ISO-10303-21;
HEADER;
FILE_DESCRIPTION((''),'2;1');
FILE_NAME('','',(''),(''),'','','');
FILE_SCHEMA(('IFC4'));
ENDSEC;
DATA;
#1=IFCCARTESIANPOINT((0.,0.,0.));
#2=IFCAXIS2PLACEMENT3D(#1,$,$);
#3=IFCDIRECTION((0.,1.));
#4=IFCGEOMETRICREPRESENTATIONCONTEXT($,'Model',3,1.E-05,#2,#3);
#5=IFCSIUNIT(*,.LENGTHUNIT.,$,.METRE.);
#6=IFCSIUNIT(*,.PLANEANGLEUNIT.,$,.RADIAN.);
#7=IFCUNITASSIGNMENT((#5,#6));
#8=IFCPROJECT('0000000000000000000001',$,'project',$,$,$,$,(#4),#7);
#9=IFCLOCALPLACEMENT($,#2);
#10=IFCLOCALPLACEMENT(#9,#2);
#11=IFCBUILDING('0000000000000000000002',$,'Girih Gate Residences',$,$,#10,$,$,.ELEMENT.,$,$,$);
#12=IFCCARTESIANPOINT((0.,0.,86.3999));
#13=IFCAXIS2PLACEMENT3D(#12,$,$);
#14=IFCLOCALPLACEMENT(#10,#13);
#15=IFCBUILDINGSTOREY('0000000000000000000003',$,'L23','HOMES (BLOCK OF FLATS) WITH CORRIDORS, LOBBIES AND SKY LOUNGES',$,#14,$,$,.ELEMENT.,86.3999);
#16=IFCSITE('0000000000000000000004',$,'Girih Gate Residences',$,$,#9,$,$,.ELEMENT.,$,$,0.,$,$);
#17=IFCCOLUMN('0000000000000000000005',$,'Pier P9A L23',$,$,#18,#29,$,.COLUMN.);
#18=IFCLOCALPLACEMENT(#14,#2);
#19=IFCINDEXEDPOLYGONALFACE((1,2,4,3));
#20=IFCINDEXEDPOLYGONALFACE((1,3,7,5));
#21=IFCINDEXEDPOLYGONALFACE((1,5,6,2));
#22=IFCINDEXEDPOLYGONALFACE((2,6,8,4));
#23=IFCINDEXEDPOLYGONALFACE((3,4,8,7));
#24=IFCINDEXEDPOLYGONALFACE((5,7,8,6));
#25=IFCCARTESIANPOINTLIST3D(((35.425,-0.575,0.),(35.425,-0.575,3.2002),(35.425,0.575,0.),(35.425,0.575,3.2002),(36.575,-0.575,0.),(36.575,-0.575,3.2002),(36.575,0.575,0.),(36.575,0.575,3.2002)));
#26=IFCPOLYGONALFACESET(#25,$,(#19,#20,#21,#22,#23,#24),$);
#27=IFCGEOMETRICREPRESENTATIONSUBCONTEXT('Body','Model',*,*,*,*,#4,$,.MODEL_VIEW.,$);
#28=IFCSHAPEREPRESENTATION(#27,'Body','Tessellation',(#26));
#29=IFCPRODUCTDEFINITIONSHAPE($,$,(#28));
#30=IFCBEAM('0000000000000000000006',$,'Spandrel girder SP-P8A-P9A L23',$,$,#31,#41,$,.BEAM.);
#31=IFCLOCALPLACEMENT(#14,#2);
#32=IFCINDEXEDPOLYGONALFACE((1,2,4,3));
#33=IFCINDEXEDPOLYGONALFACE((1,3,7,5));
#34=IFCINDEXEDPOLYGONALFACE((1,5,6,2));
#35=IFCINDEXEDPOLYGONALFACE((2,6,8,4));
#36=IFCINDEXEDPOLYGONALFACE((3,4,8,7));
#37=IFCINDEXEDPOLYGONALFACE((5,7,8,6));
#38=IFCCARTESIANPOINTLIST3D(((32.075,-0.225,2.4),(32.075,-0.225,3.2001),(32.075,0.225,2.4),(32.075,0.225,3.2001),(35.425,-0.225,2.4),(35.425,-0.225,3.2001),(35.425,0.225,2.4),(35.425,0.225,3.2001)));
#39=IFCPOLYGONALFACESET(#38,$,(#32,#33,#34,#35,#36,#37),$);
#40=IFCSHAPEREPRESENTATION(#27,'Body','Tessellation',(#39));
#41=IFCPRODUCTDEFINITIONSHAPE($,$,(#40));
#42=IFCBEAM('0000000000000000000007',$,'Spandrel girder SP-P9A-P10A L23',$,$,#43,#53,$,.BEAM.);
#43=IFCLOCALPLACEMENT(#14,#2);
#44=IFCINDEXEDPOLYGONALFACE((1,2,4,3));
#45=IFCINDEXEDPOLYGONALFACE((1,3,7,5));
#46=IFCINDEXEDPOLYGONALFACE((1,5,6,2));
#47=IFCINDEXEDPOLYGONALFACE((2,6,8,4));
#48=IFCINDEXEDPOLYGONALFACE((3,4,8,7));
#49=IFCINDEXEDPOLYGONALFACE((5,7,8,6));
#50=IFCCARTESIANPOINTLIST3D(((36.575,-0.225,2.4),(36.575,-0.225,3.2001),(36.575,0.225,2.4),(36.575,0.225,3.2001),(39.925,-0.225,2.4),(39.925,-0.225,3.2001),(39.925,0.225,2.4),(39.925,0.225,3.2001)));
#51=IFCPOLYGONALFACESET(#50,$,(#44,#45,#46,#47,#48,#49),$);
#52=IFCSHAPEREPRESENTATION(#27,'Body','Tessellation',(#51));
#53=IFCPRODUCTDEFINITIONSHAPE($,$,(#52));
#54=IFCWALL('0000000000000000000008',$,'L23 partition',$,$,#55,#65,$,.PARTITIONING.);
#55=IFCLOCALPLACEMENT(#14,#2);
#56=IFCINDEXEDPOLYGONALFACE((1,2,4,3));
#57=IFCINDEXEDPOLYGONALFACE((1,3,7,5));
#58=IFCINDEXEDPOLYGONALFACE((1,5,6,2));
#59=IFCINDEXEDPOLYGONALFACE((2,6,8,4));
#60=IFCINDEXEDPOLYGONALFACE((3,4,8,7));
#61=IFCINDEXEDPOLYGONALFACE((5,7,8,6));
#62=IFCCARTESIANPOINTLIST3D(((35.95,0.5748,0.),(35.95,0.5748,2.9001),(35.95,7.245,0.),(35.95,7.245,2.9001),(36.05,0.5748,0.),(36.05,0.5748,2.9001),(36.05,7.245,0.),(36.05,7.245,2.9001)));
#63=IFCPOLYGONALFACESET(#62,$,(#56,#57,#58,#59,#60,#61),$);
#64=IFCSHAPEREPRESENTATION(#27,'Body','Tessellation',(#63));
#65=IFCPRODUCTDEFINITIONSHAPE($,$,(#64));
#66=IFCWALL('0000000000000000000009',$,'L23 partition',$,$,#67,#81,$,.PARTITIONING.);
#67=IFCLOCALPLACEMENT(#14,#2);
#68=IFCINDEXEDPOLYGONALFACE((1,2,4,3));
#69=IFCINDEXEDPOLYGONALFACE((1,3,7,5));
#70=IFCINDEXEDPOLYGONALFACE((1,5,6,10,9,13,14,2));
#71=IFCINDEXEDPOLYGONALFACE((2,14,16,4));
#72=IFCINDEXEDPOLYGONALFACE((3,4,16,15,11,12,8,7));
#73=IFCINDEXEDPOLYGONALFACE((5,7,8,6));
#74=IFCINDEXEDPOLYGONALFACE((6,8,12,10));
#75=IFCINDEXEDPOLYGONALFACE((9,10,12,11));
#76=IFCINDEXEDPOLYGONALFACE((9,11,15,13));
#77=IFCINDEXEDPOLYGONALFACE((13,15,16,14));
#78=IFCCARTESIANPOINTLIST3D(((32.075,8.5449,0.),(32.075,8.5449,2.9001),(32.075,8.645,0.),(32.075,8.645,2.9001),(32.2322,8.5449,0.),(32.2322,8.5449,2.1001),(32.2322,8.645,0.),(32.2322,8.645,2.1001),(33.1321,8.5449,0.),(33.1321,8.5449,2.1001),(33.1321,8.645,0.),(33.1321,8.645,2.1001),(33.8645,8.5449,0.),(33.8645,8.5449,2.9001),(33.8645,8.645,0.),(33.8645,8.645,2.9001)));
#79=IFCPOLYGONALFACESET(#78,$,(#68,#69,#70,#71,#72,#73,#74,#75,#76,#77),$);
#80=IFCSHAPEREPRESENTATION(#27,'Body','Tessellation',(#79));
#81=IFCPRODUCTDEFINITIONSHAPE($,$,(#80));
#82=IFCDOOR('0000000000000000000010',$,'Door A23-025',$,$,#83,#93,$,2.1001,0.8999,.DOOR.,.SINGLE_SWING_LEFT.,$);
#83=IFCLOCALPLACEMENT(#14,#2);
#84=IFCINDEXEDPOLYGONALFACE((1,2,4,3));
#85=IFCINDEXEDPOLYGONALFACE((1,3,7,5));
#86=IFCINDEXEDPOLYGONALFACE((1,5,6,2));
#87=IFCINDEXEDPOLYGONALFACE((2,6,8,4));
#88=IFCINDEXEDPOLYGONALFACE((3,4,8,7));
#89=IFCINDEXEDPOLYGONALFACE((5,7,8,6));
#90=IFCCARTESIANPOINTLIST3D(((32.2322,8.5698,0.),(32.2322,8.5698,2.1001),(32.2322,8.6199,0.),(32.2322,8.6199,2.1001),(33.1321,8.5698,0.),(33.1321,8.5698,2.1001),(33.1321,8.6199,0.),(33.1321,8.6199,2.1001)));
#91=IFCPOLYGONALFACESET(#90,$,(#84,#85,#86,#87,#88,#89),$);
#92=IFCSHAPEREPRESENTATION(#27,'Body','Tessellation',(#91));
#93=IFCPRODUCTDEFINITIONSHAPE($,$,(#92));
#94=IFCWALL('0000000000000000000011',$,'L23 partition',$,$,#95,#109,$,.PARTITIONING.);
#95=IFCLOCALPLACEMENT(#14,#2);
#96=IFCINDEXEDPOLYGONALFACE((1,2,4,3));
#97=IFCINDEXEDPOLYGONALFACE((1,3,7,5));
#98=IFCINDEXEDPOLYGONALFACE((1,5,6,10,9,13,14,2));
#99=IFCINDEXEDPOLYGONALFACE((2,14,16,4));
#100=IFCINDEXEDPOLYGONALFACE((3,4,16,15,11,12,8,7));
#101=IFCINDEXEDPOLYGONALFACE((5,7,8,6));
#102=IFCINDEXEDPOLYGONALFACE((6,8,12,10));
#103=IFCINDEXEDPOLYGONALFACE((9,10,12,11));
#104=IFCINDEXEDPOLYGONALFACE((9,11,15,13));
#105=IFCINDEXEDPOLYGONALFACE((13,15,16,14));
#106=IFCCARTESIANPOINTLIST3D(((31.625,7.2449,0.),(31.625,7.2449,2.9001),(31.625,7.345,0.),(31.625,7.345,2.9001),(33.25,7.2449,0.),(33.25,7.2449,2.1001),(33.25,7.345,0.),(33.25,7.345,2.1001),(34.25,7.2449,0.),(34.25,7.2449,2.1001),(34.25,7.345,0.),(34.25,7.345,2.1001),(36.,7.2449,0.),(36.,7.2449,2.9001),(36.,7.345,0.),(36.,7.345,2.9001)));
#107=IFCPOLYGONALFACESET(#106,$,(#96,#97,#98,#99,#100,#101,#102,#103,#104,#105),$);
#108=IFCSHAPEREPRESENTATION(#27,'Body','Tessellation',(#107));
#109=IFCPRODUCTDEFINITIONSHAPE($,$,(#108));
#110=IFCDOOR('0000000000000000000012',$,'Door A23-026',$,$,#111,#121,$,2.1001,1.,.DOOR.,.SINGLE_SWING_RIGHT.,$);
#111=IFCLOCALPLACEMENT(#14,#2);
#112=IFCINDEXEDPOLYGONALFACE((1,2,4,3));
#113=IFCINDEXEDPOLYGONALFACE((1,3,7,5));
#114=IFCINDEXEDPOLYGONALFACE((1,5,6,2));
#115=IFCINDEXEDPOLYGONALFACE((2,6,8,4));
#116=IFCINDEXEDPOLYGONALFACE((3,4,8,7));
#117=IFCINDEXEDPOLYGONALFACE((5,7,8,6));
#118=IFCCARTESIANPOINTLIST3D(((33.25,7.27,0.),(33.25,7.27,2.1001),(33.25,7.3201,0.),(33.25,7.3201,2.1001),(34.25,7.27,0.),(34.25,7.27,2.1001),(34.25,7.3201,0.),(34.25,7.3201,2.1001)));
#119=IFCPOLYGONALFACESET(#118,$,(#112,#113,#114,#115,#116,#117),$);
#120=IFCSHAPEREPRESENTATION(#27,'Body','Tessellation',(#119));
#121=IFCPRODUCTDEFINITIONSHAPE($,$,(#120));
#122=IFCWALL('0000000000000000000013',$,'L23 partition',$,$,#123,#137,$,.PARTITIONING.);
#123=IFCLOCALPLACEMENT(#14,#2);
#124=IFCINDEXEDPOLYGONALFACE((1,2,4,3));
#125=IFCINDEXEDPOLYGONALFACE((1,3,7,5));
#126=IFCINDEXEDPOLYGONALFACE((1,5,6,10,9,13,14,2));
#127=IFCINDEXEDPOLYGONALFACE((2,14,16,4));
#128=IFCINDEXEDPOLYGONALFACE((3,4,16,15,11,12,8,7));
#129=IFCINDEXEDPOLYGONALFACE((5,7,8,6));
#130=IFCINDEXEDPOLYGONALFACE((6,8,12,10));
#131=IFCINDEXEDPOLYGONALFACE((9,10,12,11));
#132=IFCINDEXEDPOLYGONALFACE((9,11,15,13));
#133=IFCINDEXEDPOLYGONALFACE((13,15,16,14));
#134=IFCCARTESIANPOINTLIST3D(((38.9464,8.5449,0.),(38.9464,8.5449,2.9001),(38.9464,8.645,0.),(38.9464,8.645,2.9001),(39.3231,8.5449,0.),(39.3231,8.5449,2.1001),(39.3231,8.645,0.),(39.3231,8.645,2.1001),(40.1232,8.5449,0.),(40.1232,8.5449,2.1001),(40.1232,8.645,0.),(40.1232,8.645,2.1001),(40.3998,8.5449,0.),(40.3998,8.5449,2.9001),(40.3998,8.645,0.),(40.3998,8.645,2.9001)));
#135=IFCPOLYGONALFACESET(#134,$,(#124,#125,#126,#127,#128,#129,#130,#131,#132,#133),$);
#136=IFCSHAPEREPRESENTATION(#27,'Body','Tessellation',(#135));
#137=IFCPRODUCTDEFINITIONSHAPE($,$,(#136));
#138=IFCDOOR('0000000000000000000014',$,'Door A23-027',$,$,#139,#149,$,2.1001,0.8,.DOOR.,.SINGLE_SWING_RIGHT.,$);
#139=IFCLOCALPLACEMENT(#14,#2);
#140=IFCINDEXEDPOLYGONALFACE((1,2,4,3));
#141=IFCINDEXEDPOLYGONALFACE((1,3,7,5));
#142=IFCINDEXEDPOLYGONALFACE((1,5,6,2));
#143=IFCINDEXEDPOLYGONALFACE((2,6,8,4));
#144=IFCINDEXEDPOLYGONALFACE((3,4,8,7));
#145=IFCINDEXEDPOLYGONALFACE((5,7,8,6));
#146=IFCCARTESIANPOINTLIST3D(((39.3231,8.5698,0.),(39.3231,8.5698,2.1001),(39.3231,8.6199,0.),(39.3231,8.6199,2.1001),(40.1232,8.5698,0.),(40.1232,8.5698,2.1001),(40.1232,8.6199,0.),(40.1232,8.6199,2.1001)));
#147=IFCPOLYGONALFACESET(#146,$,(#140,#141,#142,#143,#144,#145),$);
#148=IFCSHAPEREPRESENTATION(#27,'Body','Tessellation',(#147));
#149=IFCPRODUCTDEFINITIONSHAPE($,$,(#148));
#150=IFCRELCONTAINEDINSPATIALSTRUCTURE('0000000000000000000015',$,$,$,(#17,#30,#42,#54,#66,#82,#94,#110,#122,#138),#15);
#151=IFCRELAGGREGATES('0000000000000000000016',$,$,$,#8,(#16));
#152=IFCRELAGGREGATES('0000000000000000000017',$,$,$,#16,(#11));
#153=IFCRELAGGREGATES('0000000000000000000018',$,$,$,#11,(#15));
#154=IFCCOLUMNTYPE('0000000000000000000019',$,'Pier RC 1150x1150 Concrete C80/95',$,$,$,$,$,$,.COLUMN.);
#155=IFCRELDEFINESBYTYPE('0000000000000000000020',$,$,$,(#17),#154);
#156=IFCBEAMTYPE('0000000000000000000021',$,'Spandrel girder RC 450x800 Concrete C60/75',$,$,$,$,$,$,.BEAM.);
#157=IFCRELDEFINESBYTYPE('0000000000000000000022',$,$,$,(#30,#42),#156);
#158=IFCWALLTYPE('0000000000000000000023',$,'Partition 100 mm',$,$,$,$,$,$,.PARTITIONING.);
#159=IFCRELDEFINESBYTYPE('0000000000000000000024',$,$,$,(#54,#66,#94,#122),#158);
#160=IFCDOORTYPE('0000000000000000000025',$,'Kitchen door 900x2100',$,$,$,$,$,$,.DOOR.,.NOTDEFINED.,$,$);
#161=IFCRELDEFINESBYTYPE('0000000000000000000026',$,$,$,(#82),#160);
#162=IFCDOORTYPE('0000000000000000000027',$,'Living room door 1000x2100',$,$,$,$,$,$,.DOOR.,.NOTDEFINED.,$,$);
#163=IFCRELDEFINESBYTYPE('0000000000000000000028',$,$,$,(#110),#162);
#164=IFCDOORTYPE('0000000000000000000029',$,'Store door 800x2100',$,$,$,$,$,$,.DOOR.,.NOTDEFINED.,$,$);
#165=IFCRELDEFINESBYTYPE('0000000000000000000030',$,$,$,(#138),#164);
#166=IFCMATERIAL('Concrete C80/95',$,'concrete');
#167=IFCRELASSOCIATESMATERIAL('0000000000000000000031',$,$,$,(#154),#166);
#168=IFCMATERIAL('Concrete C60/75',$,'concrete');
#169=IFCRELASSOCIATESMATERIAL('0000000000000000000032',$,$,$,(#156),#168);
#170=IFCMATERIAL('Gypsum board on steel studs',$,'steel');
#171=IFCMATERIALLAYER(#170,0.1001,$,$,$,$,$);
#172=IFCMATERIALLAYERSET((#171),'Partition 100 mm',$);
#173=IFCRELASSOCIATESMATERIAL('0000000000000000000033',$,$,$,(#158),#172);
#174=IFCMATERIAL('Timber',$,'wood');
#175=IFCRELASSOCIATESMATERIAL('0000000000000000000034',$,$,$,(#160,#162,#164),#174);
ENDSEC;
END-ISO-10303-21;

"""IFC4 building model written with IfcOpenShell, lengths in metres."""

from ifc_helpers import new_model, si_unit, direction, frame, frame_2d, origin, origin_2d, place, context, subcontext, project, spatial, rectangle, extrude, material, layer, layer_set, material_profile, profile_set, type_object, element, fill, save


model = new_model("IFC4")

# Units and contexts
model_context = context("Model", 3, precision=1e-05, world=origin(), true_north=direction((0.0, 1.0)))
body_context = subcontext(model_context, "Body", "Model", "MODEL_VIEW")
ifc_project = project(units=[si_unit("LENGTHUNIT", "METRE"), si_unit("PLANEANGLEUNIT", "RADIAN")], contexts=[model_context])

# Site, building, storey
site_placement = place(None, origin())
site = spatial("IfcSite", under=ifc_project, at=site_placement, Name="Girih Gate Residences", CompositionType="ELEMENT", RefElevation=0.0)
building_placement = place(site_placement, origin())
building = spatial("IfcBuilding", under=site, at=building_placement, Name="Girih Gate Residences", CompositionType="ELEMENT")
storey_placement = place(building_placement, frame((0.0, 0.0, 86.3999)))
storey = spatial("IfcBuildingStorey", under=building, at=storey_placement, Name="L23", Description="HOMES (BLOCK OF FLATS) WITH CORRIDORS, LOBBIES AND SKY LOUNGES", CompositionType="ELEMENT", Elevation=86.3999)

# Column
ifc_material_1 = material(Name="Concrete C80/95", Category="concrete")
ifc_material_profile_1 = material_profile(ifc_material_1, rectangle(XDim=1.1499, YDim=1.1499, at=origin_2d()))
ifc_profile_set_1 = profile_set([ifc_material_profile_1], Name="Concrete C80/95")
column_type = type_object("IfcColumnType", Name="Pier RC 1150x1150 Concrete C80/95", PredefinedType="COLUMN", material=ifc_profile_set_1)
column_placement = place(storey_placement, frame((36.0, 0.0, 0.0), z_axis=(0.0, 0.0, 1.0), x_axis=(1.0, 0.0, 0.0)))
element("IfcColumn", 1, at=column_placement, inside=storey, type_object=column_type, Name="Pier P9A L23", PredefinedType="COLUMN", context=body_context, shape_type="SweptSolid", body=[
    extrude(rectangle(XDim=1.1499, YDim=1.1499, at=origin_2d()), origin(), (0.0, 0.0, 1.0), 3.2002),
])

# Beams
ifc_material_2 = material(Name="Concrete C60/75", Category="concrete")
ifc_material_profile_2 = material_profile(ifc_material_2, rectangle(XDim=0.45, YDim=0.8, at=origin_2d()))
ifc_profile_set_2 = profile_set([ifc_material_profile_2], Name="Concrete C60/75")
beam_type = type_object("IfcBeamType", Name="Spandrel girder RC 450x800 Concrete C60/75", PredefinedType="BEAM", material=ifc_profile_set_2)
for number, where, z_axis, x_axis, name in (
    (2, (32.075, 0.0, 2.8), (1.0, 0.0, 0.0), (0.0, 1.0, 0.0), "Spandrel girder SP-P8A-P9A L23"),
    (3, (36.575, 0.0, 2.8), (1.0, 0.0, 0.0), (0.0, 1.0, 0.0), "Spandrel girder SP-P9A-P10A L23"),
):
    element("IfcBeam", number, at=place(storey_placement, frame(where, z_axis=z_axis, x_axis=x_axis)), inside=storey, type_object=beam_type, Name=name, PredefinedType="BEAM", context=body_context, shape_type="SweptSolid", body=[
        extrude(rectangle(XDim=0.45, YDim=0.8, at=origin_2d()), origin(), (0.0, 0.0, 1.0), 3.3501),
    ])

# Wall
ifc_material_3 = material(Name="Gypsum board on steel studs", Category="steel")
ifc_layer_1 = layer(ifc_material_3, 0.1001)
ifc_layer_set_1 = layer_set([ifc_layer_1], Name="Partition 100 mm")
wall_type_1 = type_object("IfcWallType", Name="Partition 100 mm", PredefinedType="PARTITIONING", material=ifc_layer_set_1)
wall_1_placement = place(storey_placement, frame((36.0, 0.575, 0.0), z_axis=(0.0, 0.0, 1.0), x_axis=(0.0, 1.0, 0.0)))
element("IfcWall", 4, at=wall_1_placement, inside=storey, type_object=wall_type_1, Name="L23 partition", PredefinedType="PARTITIONING", context=body_context, shape_type="SweptSolid", body=[
    extrude(rectangle(XDim=6.6702, YDim=0.1001, at=frame_2d((3.335, 0.0))), origin(), (0.0, 0.0, 1.0), 2.9001),
])

# Walls, openings, doors
wall_2_placement = place(storey_placement, frame((32.075, 8.595, 0.0), z_axis=(0.0, 0.0, 1.0), x_axis=(1.0, 0.0, 0.0)))
wall_2 = element("IfcWall", 5, at=wall_2_placement, inside=storey, type_object=wall_type_1, Name="L23 partition", PredefinedType="PARTITIONING", context=body_context, shape_type="SweptSolid", body=[
    extrude(rectangle(XDim=1.7896, YDim=0.1001, at=frame_2d((0.8948, 0.0))), origin(), (0.0, 0.0, 1.0), 2.9001),
])
opening_1_placement = place(wall_2_placement, frame((0.1572, 0.0, 0.0)))
opening_1 = element("IfcOpeningElement", 6, at=opening_1_placement, cuts=wall_2, PredefinedType="OPENING", context=body_context, shape_type="SweptSolid", body=[
    extrude(rectangle(XDim=0.8999, YDim=2.1001, at=frame_2d((0.45, 1.05))), frame((0.0, 0.0601, 0.0), z_axis=(0.0, -1.0, 0.0), x_axis=(1.0, 0.0, 0.0)), (0.0, 0.0, 1.0), 0.1201),
])
ifc_material_4 = material(Name="Timber", Category="wood")
door_type_1 = type_object("IfcDoorType", Name="Kitchen door 900x2100", OperationType="NOTDEFINED", PredefinedType="DOOR", material=ifc_material_4)
door_1_placement = place(opening_1_placement, origin())
door_1 = element("IfcDoor", 7, at=door_1_placement, inside=storey, type_object=door_type_1, Name="Door A23-025", OperationType="SINGLE_SWING_LEFT", OverallHeight=2.1001, OverallWidth=0.8999, PredefinedType="DOOR", context=body_context, shape_type="SweptSolid", body=[
    extrude(rectangle(XDim=0.8999, YDim=2.1001, at=frame_2d((0.45, 1.05))), frame((0.0, 0.0249, 0.0), z_axis=(0.0, -1.0, 0.0), x_axis=(1.0, 0.0, 0.0)), (0.0, 0.0, 1.0), 0.05),
])
fill(opening_1, door_1)
wall_3_placement = place(storey_placement, frame((36.0, 7.2949, 0.0), z_axis=(0.0, 0.0, 1.0), x_axis=(-1.0, 0.0, 0.0)))
wall_3 = element("IfcWall", 8, at=wall_3_placement, inside=storey, type_object=wall_type_1, Name="L23 partition", PredefinedType="PARTITIONING", context=body_context, shape_type="SweptSolid", body=[
    extrude(rectangle(XDim=4.375, YDim=0.1001, at=frame_2d((2.1875, 0.0))), origin(), (0.0, 0.0, 1.0), 2.9001),
])
opening_2_placement = place(wall_3_placement, frame((1.75, 0.0, 0.0)))
opening_2 = element("IfcOpeningElement", 9, at=opening_2_placement, cuts=wall_3, PredefinedType="OPENING", context=body_context, shape_type="SweptSolid", body=[
    extrude(rectangle(XDim=1.0, YDim=2.1001, at=frame_2d((0.5, 1.05))), frame((0.0, 0.0601, 0.0), z_axis=(0.0, -1.0, 0.0), x_axis=(1.0, 0.0, 0.0)), (0.0, 0.0, 1.0), 0.1201),
])
door_type_2 = type_object("IfcDoorType", Name="Living room door 1000x2100", OperationType="NOTDEFINED", PredefinedType="DOOR", material=ifc_material_4)
door_2_placement = place(opening_2_placement, origin())
door_2 = element("IfcDoor", 10, at=door_2_placement, inside=storey, type_object=door_type_2, Name="Door A23-026", OperationType="SINGLE_SWING_RIGHT", OverallHeight=2.1001, OverallWidth=1.0, PredefinedType="DOOR", context=body_context, shape_type="SweptSolid", body=[
    extrude(rectangle(XDim=1.0, YDim=2.1001, at=frame_2d((0.5, 1.05))), frame((0.0, 0.0249, 0.0), z_axis=(0.0, -1.0, 0.0), x_axis=(1.0, 0.0, 0.0)), (0.0, 0.0, 1.0), 0.05),
])
fill(opening_2, door_2)
wall_4_placement = place(storey_placement, frame((38.9465, 8.595, 0.0), z_axis=(0.0, 0.0, 1.0), x_axis=(1.0, 0.0, 0.0)))
wall_4 = element("IfcWall", 11, at=wall_4_placement, inside=storey, type_object=wall_type_1, Name="L23 partition", PredefinedType="PARTITIONING", context=body_context, shape_type="SweptSolid", body=[
    extrude(rectangle(XDim=1.4534, YDim=0.1001, at=frame_2d((0.7266, 0.0))), origin(), (0.0, 0.0, 1.0), 2.9001),
])
opening_3_placement = place(wall_4_placement, frame((0.3767, 0.0, 0.0)))
opening_3 = element("IfcOpeningElement", 12, at=opening_3_placement, cuts=wall_4, PredefinedType="OPENING", context=body_context, shape_type="SweptSolid", body=[
    extrude(rectangle(XDim=0.8, YDim=2.1001, at=frame_2d((0.3999, 1.05))), frame((0.0, 0.0601, 0.0), z_axis=(0.0, -1.0, 0.0), x_axis=(1.0, 0.0, 0.0)), (0.0, 0.0, 1.0), 0.1201),
])
door_type_3 = type_object("IfcDoorType", Name="Store door 800x2100", OperationType="NOTDEFINED", PredefinedType="DOOR", material=ifc_material_4)
door_3_placement = place(opening_3_placement, origin())
door_3 = element("IfcDoor", 13, at=door_3_placement, inside=storey, type_object=door_type_3, Name="Door A23-027", OperationType="SINGLE_SWING_RIGHT", OverallHeight=2.1001, OverallWidth=0.8, PredefinedType="DOOR", context=body_context, shape_type="SweptSolid", body=[
    extrude(rectangle(XDim=0.8, YDim=2.1001, at=frame_2d((0.3999, 1.05))), frame((0.0, 0.0249, 0.0), z_axis=(0.0, -1.0, 0.0), x_axis=(1.0, 0.0, 0.0)), (0.0, 0.0, 1.0), 0.05),
])
fill(opening_3, door_3)

save(model, "model.ifc")
